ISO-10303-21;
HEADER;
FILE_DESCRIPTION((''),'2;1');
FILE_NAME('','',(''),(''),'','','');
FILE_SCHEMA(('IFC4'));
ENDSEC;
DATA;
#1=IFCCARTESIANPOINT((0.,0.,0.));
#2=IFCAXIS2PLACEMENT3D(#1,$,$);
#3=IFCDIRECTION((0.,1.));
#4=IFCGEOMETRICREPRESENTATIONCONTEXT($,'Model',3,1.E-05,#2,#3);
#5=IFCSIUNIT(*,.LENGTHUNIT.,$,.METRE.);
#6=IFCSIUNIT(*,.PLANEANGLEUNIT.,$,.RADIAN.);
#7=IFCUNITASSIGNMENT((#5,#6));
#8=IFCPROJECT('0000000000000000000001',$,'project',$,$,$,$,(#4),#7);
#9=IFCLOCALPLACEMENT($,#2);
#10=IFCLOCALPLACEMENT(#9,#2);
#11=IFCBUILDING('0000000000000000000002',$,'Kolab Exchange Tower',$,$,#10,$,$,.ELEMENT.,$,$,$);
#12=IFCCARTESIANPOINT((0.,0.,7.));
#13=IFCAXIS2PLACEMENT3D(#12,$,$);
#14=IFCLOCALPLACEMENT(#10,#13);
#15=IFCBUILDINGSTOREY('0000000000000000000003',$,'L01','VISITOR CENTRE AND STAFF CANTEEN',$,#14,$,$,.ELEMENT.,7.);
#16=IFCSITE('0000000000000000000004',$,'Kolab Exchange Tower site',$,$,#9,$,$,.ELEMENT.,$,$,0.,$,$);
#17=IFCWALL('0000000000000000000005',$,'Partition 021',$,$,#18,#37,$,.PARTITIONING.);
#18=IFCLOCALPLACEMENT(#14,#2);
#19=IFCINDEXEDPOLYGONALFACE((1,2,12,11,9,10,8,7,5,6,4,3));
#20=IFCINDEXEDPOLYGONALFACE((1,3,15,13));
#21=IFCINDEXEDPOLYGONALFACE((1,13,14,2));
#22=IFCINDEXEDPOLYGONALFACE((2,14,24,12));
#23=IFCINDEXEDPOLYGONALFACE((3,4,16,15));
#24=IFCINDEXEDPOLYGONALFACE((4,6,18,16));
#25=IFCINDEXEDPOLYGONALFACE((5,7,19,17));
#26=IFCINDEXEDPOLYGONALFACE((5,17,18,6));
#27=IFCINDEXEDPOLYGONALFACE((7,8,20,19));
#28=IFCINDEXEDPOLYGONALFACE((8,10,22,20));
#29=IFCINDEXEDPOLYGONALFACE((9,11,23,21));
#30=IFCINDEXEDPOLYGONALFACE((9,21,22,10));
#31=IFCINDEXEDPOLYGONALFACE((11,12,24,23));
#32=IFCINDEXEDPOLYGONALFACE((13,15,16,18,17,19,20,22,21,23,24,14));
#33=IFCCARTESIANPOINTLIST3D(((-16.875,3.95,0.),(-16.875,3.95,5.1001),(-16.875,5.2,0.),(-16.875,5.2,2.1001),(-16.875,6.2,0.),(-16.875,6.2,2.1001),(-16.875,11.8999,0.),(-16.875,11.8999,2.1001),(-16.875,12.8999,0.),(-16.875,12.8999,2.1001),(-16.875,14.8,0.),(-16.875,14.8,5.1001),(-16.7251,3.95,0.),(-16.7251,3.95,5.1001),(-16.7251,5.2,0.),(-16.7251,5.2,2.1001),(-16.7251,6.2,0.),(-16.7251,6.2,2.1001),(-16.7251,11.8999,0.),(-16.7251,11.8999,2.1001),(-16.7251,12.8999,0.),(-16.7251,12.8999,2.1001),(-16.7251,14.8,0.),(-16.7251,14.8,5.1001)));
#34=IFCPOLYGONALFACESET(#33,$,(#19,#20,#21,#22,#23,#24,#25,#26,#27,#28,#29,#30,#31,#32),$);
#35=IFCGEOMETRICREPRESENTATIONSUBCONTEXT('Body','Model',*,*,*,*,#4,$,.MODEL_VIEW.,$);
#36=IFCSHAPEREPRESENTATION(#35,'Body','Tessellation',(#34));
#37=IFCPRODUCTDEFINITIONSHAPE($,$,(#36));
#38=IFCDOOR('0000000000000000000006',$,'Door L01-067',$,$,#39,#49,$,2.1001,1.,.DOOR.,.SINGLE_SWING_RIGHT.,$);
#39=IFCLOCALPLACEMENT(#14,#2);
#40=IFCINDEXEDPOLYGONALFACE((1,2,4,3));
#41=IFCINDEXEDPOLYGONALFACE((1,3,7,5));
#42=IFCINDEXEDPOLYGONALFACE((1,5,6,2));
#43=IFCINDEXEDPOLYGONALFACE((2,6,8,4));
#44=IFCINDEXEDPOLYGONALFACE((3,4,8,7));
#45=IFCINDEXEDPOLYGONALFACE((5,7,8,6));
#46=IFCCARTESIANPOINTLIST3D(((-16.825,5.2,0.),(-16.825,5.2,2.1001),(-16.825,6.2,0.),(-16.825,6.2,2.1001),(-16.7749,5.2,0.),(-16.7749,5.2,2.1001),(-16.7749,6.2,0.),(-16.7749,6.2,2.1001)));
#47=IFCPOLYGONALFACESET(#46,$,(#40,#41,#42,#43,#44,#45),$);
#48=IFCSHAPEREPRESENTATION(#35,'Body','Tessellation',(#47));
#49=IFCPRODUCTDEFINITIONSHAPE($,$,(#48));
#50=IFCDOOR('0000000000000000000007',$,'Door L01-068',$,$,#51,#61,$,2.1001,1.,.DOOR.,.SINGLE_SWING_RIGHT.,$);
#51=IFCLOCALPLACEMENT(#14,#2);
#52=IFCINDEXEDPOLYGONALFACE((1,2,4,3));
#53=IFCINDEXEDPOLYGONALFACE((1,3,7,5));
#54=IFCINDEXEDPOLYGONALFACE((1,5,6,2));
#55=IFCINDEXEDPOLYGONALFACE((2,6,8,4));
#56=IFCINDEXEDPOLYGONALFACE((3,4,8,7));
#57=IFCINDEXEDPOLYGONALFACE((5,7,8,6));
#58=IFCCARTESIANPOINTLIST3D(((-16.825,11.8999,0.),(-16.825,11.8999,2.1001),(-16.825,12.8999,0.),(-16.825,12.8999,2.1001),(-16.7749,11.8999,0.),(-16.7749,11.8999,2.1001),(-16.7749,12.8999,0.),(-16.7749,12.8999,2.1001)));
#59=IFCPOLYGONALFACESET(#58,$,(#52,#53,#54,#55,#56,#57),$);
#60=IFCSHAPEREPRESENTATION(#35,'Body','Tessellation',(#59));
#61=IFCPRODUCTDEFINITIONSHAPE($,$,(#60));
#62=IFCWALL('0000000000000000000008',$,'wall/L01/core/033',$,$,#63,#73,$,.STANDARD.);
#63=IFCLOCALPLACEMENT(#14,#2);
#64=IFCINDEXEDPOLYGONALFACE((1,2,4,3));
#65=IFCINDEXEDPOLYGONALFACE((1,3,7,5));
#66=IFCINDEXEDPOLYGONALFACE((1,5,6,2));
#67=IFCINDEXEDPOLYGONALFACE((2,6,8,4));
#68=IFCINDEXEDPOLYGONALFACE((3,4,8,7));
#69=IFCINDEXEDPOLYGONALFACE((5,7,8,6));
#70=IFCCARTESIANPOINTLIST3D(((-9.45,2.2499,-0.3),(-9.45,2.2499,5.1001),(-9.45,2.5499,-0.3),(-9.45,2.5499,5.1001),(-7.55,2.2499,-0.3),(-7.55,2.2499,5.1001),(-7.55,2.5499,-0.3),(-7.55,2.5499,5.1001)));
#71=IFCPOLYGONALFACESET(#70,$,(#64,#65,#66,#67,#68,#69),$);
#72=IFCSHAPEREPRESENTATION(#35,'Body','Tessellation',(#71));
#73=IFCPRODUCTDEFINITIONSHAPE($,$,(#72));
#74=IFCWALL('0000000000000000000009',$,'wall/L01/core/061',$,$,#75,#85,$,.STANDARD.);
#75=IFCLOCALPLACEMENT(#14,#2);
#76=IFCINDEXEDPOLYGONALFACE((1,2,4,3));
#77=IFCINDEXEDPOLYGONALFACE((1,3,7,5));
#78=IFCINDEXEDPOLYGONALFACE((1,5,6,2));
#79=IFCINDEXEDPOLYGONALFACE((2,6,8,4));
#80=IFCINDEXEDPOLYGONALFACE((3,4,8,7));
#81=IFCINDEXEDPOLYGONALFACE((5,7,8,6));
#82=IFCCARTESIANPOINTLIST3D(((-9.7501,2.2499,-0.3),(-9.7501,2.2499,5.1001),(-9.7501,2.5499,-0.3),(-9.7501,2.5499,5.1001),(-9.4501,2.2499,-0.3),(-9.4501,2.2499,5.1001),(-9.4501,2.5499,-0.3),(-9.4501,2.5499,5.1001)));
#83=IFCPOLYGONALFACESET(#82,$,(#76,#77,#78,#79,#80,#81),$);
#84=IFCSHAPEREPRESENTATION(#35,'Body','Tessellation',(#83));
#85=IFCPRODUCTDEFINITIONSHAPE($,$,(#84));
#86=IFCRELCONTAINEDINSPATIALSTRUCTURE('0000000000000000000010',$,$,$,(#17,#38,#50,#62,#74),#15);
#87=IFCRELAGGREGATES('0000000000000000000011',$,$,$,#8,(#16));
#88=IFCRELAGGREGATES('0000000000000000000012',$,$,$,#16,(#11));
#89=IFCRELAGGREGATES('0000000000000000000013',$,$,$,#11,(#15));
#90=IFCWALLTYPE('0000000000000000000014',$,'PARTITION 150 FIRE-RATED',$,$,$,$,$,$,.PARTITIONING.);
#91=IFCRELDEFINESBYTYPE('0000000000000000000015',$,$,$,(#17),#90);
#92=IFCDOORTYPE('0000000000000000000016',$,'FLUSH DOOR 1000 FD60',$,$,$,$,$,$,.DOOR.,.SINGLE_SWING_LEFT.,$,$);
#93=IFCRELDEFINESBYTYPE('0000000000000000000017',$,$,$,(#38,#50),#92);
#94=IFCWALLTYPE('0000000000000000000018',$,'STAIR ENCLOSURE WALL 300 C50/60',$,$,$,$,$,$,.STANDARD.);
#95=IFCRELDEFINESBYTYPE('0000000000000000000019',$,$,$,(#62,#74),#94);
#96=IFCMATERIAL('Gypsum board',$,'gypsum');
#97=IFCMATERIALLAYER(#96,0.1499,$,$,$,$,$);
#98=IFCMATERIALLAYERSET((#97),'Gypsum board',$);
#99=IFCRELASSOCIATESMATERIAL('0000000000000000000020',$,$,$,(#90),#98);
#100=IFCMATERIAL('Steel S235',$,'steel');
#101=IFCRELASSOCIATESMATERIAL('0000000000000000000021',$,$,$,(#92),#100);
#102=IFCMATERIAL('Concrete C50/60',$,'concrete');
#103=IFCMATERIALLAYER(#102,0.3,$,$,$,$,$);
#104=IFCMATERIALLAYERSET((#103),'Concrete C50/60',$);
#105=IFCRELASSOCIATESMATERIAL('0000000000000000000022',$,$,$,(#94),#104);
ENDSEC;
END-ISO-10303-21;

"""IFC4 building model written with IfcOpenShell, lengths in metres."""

from ifc_helpers import new_model, si_unit, direction, frame, frame_2d, origin, place, context, subcontext, project, spatial, rectangle, extrude, material, layer, layer_set, type_object, element, fill, save


model = new_model("IFC4")

# Units and contexts
model_context = context("Model", 3, precision=1e-05, world=origin(), true_north=direction((0.0, 1.0)))
body_context = subcontext(model_context, "Body", "Model", "MODEL_VIEW")
ifc_project = project(units=[si_unit("LENGTHUNIT", "METRE"), si_unit("PLANEANGLEUNIT", "RADIAN")], contexts=[model_context])

# Site, building, storey
site_placement = place(None, origin())
site = spatial("IfcSite", under=ifc_project, at=site_placement, Name="Kolab Exchange Tower site", CompositionType="ELEMENT", RefElevation=0.0)
building_placement = place(site_placement, origin())
building = spatial("IfcBuilding", under=site, at=building_placement, Name="Kolab Exchange Tower", CompositionType="ELEMENT")
storey_placement = place(building_placement, frame((0.0, 0.0, 7.0)))
storey = spatial("IfcBuildingStorey", under=building, at=storey_placement, Name="L01", Description="VISITOR CENTRE AND STAFF CANTEEN", CompositionType="ELEMENT", Elevation=7.0)

# Shared definitions
ifc_material_1 = material(Name="Steel S235", Category="steel")

# Shared definitions
ifc_material_2 = material(Name="Concrete C50/60", Category="concrete")
ifc_material_3 = material(Name="Gypsum board", Category="gypsum")

# Wall, openings, doors
ifc_layer_1 = layer(ifc_material_3, 0.1499)
ifc_layer_set_1 = layer_set([ifc_layer_1], Name="Gypsum board")
wall_type_1 = type_object("IfcWallType", Name="PARTITION 150 FIRE-RATED", PredefinedType="PARTITIONING", material=ifc_layer_set_1)
wall_1_placement = place(storey_placement, frame((-16.8, 3.95, 0.0), z_axis=(0.0, 0.0, 1.0), x_axis=(0.0, 1.0, 0.0)))
wall_1 = element("IfcWall", 1, at=wall_1_placement, inside=storey, type_object=wall_type_1, Name="Partition 021", PredefinedType="PARTITIONING", context=body_context, shape_type="SweptSolid", body=[
    extrude(rectangle(XDim=10.8501, YDim=0.1499, at=frame_2d((5.425, 0.0))), origin(), (0.0, 0.0, 1.0), 5.1001),
])
opening_1_placement = place(wall_1_placement, frame((1.25, 0.0, 0.0)))
opening_1 = element("IfcOpeningElement", 2, at=opening_1_placement, cuts=wall_1, PredefinedType="OPENING", context=body_context, shape_type="SweptSolid", body=[
    extrude(rectangle(XDim=1.0, YDim=2.1001, at=frame_2d((0.5, 1.05))), frame((0.0, 0.085, 0.0), z_axis=(0.0, -1.0, 0.0), x_axis=(1.0, 0.0, 0.0)), (0.0, 0.0, 1.0), 0.1699),
])
opening_2_placement = place(wall_1_placement, frame((7.95, 0.0, 0.0)))
opening_2 = element("IfcOpeningElement", 3, at=opening_2_placement, cuts=wall_1, PredefinedType="OPENING", context=body_context, shape_type="SweptSolid", body=[
    extrude(rectangle(XDim=1.0, YDim=2.1001, at=frame_2d((0.5, 1.05))), frame((0.0, 0.085, 0.0), z_axis=(0.0, -1.0, 0.0), x_axis=(1.0, 0.0, 0.0)), (0.0, 0.0, 1.0), 0.1699),
])
door_type_1 = type_object("IfcDoorType", Name="FLUSH DOOR 1000 FD60", OperationType="SINGLE_SWING_LEFT", PredefinedType="DOOR", material=ifc_material_1)
door_1_placement = place(opening_1_placement, origin())
door_1 = element("IfcDoor", 4, at=door_1_placement, inside=storey, type_object=door_type_1, Name="Door L01-067", OperationType="SINGLE_SWING_RIGHT", OverallHeight=2.1001, OverallWidth=1.0, PredefinedType="DOOR", context=body_context, shape_type="SweptSolid", body=[
    extrude(rectangle(XDim=1.0, YDim=2.1001, at=frame_2d((0.5, 1.05))), frame((0.0, 0.0249, 0.0), z_axis=(0.0, -1.0, 0.0), x_axis=(1.0, 0.0, 0.0)), (0.0, 0.0, 1.0), 0.05),
])
fill(opening_1, door_1)
door_2_placement = place(opening_2_placement, origin())
door_2 = element("IfcDoor", 5, at=door_2_placement, inside=storey, type_object=door_type_1, Name="Door L01-068", OperationType="SINGLE_SWING_RIGHT", OverallHeight=2.1001, OverallWidth=1.0, PredefinedType="DOOR", context=body_context, shape_type="SweptSolid", body=[
    extrude(rectangle(XDim=1.0, YDim=2.1001, at=frame_2d((0.5, 1.05))), frame((0.0, 0.0249, 0.0), z_axis=(0.0, -1.0, 0.0), x_axis=(1.0, 0.0, 0.0)), (0.0, 0.0, 1.0), 0.05),
])
fill(opening_2, door_2)

# Walls
ifc_layer_2 = layer(ifc_material_2, 0.3)
ifc_layer_set_2 = layer_set([ifc_layer_2], Name="Concrete C50/60")
wall_type_2 = type_object("IfcWallType", Name="STAIR ENCLOSURE WALL 300 C50/60", PredefinedType="STANDARD", material=ifc_layer_set_2)
wall_2_placement = place(storey_placement, frame((-9.45, 2.3999, -0.3), z_axis=(0.0, 0.0, 1.0), x_axis=(1.0, 0.0, 0.0)))
element("IfcWall", 6, at=wall_2_placement, inside=storey, type_object=wall_type_2, Name="wall/L01/core/033", PredefinedType="STANDARD", context=body_context, shape_type="SweptSolid", body=[
    extrude(rectangle(XDim=1.8999, YDim=0.3, at=frame_2d((0.95, 0.0))), origin(), (0.0, 0.0, 1.0), 5.4001),
])
wall_3_placement = place(storey_placement, frame((-9.6001, 2.25, -0.3), z_axis=(0.0, 0.0, 1.0), x_axis=(0.0, 1.0, 0.0)))
element("IfcWall", 7, at=wall_3_placement, inside=storey, type_object=wall_type_2, Name="wall/L01/core/061", PredefinedType="STANDARD", context=body_context, shape_type="SweptSolid", body=[
    extrude(rectangle(XDim=0.3, YDim=0.3, at=frame_2d((0.1499, 0.0))), origin(), (0.0, 0.0, 1.0), 5.4001),
])

save(model, "model.ifc")
